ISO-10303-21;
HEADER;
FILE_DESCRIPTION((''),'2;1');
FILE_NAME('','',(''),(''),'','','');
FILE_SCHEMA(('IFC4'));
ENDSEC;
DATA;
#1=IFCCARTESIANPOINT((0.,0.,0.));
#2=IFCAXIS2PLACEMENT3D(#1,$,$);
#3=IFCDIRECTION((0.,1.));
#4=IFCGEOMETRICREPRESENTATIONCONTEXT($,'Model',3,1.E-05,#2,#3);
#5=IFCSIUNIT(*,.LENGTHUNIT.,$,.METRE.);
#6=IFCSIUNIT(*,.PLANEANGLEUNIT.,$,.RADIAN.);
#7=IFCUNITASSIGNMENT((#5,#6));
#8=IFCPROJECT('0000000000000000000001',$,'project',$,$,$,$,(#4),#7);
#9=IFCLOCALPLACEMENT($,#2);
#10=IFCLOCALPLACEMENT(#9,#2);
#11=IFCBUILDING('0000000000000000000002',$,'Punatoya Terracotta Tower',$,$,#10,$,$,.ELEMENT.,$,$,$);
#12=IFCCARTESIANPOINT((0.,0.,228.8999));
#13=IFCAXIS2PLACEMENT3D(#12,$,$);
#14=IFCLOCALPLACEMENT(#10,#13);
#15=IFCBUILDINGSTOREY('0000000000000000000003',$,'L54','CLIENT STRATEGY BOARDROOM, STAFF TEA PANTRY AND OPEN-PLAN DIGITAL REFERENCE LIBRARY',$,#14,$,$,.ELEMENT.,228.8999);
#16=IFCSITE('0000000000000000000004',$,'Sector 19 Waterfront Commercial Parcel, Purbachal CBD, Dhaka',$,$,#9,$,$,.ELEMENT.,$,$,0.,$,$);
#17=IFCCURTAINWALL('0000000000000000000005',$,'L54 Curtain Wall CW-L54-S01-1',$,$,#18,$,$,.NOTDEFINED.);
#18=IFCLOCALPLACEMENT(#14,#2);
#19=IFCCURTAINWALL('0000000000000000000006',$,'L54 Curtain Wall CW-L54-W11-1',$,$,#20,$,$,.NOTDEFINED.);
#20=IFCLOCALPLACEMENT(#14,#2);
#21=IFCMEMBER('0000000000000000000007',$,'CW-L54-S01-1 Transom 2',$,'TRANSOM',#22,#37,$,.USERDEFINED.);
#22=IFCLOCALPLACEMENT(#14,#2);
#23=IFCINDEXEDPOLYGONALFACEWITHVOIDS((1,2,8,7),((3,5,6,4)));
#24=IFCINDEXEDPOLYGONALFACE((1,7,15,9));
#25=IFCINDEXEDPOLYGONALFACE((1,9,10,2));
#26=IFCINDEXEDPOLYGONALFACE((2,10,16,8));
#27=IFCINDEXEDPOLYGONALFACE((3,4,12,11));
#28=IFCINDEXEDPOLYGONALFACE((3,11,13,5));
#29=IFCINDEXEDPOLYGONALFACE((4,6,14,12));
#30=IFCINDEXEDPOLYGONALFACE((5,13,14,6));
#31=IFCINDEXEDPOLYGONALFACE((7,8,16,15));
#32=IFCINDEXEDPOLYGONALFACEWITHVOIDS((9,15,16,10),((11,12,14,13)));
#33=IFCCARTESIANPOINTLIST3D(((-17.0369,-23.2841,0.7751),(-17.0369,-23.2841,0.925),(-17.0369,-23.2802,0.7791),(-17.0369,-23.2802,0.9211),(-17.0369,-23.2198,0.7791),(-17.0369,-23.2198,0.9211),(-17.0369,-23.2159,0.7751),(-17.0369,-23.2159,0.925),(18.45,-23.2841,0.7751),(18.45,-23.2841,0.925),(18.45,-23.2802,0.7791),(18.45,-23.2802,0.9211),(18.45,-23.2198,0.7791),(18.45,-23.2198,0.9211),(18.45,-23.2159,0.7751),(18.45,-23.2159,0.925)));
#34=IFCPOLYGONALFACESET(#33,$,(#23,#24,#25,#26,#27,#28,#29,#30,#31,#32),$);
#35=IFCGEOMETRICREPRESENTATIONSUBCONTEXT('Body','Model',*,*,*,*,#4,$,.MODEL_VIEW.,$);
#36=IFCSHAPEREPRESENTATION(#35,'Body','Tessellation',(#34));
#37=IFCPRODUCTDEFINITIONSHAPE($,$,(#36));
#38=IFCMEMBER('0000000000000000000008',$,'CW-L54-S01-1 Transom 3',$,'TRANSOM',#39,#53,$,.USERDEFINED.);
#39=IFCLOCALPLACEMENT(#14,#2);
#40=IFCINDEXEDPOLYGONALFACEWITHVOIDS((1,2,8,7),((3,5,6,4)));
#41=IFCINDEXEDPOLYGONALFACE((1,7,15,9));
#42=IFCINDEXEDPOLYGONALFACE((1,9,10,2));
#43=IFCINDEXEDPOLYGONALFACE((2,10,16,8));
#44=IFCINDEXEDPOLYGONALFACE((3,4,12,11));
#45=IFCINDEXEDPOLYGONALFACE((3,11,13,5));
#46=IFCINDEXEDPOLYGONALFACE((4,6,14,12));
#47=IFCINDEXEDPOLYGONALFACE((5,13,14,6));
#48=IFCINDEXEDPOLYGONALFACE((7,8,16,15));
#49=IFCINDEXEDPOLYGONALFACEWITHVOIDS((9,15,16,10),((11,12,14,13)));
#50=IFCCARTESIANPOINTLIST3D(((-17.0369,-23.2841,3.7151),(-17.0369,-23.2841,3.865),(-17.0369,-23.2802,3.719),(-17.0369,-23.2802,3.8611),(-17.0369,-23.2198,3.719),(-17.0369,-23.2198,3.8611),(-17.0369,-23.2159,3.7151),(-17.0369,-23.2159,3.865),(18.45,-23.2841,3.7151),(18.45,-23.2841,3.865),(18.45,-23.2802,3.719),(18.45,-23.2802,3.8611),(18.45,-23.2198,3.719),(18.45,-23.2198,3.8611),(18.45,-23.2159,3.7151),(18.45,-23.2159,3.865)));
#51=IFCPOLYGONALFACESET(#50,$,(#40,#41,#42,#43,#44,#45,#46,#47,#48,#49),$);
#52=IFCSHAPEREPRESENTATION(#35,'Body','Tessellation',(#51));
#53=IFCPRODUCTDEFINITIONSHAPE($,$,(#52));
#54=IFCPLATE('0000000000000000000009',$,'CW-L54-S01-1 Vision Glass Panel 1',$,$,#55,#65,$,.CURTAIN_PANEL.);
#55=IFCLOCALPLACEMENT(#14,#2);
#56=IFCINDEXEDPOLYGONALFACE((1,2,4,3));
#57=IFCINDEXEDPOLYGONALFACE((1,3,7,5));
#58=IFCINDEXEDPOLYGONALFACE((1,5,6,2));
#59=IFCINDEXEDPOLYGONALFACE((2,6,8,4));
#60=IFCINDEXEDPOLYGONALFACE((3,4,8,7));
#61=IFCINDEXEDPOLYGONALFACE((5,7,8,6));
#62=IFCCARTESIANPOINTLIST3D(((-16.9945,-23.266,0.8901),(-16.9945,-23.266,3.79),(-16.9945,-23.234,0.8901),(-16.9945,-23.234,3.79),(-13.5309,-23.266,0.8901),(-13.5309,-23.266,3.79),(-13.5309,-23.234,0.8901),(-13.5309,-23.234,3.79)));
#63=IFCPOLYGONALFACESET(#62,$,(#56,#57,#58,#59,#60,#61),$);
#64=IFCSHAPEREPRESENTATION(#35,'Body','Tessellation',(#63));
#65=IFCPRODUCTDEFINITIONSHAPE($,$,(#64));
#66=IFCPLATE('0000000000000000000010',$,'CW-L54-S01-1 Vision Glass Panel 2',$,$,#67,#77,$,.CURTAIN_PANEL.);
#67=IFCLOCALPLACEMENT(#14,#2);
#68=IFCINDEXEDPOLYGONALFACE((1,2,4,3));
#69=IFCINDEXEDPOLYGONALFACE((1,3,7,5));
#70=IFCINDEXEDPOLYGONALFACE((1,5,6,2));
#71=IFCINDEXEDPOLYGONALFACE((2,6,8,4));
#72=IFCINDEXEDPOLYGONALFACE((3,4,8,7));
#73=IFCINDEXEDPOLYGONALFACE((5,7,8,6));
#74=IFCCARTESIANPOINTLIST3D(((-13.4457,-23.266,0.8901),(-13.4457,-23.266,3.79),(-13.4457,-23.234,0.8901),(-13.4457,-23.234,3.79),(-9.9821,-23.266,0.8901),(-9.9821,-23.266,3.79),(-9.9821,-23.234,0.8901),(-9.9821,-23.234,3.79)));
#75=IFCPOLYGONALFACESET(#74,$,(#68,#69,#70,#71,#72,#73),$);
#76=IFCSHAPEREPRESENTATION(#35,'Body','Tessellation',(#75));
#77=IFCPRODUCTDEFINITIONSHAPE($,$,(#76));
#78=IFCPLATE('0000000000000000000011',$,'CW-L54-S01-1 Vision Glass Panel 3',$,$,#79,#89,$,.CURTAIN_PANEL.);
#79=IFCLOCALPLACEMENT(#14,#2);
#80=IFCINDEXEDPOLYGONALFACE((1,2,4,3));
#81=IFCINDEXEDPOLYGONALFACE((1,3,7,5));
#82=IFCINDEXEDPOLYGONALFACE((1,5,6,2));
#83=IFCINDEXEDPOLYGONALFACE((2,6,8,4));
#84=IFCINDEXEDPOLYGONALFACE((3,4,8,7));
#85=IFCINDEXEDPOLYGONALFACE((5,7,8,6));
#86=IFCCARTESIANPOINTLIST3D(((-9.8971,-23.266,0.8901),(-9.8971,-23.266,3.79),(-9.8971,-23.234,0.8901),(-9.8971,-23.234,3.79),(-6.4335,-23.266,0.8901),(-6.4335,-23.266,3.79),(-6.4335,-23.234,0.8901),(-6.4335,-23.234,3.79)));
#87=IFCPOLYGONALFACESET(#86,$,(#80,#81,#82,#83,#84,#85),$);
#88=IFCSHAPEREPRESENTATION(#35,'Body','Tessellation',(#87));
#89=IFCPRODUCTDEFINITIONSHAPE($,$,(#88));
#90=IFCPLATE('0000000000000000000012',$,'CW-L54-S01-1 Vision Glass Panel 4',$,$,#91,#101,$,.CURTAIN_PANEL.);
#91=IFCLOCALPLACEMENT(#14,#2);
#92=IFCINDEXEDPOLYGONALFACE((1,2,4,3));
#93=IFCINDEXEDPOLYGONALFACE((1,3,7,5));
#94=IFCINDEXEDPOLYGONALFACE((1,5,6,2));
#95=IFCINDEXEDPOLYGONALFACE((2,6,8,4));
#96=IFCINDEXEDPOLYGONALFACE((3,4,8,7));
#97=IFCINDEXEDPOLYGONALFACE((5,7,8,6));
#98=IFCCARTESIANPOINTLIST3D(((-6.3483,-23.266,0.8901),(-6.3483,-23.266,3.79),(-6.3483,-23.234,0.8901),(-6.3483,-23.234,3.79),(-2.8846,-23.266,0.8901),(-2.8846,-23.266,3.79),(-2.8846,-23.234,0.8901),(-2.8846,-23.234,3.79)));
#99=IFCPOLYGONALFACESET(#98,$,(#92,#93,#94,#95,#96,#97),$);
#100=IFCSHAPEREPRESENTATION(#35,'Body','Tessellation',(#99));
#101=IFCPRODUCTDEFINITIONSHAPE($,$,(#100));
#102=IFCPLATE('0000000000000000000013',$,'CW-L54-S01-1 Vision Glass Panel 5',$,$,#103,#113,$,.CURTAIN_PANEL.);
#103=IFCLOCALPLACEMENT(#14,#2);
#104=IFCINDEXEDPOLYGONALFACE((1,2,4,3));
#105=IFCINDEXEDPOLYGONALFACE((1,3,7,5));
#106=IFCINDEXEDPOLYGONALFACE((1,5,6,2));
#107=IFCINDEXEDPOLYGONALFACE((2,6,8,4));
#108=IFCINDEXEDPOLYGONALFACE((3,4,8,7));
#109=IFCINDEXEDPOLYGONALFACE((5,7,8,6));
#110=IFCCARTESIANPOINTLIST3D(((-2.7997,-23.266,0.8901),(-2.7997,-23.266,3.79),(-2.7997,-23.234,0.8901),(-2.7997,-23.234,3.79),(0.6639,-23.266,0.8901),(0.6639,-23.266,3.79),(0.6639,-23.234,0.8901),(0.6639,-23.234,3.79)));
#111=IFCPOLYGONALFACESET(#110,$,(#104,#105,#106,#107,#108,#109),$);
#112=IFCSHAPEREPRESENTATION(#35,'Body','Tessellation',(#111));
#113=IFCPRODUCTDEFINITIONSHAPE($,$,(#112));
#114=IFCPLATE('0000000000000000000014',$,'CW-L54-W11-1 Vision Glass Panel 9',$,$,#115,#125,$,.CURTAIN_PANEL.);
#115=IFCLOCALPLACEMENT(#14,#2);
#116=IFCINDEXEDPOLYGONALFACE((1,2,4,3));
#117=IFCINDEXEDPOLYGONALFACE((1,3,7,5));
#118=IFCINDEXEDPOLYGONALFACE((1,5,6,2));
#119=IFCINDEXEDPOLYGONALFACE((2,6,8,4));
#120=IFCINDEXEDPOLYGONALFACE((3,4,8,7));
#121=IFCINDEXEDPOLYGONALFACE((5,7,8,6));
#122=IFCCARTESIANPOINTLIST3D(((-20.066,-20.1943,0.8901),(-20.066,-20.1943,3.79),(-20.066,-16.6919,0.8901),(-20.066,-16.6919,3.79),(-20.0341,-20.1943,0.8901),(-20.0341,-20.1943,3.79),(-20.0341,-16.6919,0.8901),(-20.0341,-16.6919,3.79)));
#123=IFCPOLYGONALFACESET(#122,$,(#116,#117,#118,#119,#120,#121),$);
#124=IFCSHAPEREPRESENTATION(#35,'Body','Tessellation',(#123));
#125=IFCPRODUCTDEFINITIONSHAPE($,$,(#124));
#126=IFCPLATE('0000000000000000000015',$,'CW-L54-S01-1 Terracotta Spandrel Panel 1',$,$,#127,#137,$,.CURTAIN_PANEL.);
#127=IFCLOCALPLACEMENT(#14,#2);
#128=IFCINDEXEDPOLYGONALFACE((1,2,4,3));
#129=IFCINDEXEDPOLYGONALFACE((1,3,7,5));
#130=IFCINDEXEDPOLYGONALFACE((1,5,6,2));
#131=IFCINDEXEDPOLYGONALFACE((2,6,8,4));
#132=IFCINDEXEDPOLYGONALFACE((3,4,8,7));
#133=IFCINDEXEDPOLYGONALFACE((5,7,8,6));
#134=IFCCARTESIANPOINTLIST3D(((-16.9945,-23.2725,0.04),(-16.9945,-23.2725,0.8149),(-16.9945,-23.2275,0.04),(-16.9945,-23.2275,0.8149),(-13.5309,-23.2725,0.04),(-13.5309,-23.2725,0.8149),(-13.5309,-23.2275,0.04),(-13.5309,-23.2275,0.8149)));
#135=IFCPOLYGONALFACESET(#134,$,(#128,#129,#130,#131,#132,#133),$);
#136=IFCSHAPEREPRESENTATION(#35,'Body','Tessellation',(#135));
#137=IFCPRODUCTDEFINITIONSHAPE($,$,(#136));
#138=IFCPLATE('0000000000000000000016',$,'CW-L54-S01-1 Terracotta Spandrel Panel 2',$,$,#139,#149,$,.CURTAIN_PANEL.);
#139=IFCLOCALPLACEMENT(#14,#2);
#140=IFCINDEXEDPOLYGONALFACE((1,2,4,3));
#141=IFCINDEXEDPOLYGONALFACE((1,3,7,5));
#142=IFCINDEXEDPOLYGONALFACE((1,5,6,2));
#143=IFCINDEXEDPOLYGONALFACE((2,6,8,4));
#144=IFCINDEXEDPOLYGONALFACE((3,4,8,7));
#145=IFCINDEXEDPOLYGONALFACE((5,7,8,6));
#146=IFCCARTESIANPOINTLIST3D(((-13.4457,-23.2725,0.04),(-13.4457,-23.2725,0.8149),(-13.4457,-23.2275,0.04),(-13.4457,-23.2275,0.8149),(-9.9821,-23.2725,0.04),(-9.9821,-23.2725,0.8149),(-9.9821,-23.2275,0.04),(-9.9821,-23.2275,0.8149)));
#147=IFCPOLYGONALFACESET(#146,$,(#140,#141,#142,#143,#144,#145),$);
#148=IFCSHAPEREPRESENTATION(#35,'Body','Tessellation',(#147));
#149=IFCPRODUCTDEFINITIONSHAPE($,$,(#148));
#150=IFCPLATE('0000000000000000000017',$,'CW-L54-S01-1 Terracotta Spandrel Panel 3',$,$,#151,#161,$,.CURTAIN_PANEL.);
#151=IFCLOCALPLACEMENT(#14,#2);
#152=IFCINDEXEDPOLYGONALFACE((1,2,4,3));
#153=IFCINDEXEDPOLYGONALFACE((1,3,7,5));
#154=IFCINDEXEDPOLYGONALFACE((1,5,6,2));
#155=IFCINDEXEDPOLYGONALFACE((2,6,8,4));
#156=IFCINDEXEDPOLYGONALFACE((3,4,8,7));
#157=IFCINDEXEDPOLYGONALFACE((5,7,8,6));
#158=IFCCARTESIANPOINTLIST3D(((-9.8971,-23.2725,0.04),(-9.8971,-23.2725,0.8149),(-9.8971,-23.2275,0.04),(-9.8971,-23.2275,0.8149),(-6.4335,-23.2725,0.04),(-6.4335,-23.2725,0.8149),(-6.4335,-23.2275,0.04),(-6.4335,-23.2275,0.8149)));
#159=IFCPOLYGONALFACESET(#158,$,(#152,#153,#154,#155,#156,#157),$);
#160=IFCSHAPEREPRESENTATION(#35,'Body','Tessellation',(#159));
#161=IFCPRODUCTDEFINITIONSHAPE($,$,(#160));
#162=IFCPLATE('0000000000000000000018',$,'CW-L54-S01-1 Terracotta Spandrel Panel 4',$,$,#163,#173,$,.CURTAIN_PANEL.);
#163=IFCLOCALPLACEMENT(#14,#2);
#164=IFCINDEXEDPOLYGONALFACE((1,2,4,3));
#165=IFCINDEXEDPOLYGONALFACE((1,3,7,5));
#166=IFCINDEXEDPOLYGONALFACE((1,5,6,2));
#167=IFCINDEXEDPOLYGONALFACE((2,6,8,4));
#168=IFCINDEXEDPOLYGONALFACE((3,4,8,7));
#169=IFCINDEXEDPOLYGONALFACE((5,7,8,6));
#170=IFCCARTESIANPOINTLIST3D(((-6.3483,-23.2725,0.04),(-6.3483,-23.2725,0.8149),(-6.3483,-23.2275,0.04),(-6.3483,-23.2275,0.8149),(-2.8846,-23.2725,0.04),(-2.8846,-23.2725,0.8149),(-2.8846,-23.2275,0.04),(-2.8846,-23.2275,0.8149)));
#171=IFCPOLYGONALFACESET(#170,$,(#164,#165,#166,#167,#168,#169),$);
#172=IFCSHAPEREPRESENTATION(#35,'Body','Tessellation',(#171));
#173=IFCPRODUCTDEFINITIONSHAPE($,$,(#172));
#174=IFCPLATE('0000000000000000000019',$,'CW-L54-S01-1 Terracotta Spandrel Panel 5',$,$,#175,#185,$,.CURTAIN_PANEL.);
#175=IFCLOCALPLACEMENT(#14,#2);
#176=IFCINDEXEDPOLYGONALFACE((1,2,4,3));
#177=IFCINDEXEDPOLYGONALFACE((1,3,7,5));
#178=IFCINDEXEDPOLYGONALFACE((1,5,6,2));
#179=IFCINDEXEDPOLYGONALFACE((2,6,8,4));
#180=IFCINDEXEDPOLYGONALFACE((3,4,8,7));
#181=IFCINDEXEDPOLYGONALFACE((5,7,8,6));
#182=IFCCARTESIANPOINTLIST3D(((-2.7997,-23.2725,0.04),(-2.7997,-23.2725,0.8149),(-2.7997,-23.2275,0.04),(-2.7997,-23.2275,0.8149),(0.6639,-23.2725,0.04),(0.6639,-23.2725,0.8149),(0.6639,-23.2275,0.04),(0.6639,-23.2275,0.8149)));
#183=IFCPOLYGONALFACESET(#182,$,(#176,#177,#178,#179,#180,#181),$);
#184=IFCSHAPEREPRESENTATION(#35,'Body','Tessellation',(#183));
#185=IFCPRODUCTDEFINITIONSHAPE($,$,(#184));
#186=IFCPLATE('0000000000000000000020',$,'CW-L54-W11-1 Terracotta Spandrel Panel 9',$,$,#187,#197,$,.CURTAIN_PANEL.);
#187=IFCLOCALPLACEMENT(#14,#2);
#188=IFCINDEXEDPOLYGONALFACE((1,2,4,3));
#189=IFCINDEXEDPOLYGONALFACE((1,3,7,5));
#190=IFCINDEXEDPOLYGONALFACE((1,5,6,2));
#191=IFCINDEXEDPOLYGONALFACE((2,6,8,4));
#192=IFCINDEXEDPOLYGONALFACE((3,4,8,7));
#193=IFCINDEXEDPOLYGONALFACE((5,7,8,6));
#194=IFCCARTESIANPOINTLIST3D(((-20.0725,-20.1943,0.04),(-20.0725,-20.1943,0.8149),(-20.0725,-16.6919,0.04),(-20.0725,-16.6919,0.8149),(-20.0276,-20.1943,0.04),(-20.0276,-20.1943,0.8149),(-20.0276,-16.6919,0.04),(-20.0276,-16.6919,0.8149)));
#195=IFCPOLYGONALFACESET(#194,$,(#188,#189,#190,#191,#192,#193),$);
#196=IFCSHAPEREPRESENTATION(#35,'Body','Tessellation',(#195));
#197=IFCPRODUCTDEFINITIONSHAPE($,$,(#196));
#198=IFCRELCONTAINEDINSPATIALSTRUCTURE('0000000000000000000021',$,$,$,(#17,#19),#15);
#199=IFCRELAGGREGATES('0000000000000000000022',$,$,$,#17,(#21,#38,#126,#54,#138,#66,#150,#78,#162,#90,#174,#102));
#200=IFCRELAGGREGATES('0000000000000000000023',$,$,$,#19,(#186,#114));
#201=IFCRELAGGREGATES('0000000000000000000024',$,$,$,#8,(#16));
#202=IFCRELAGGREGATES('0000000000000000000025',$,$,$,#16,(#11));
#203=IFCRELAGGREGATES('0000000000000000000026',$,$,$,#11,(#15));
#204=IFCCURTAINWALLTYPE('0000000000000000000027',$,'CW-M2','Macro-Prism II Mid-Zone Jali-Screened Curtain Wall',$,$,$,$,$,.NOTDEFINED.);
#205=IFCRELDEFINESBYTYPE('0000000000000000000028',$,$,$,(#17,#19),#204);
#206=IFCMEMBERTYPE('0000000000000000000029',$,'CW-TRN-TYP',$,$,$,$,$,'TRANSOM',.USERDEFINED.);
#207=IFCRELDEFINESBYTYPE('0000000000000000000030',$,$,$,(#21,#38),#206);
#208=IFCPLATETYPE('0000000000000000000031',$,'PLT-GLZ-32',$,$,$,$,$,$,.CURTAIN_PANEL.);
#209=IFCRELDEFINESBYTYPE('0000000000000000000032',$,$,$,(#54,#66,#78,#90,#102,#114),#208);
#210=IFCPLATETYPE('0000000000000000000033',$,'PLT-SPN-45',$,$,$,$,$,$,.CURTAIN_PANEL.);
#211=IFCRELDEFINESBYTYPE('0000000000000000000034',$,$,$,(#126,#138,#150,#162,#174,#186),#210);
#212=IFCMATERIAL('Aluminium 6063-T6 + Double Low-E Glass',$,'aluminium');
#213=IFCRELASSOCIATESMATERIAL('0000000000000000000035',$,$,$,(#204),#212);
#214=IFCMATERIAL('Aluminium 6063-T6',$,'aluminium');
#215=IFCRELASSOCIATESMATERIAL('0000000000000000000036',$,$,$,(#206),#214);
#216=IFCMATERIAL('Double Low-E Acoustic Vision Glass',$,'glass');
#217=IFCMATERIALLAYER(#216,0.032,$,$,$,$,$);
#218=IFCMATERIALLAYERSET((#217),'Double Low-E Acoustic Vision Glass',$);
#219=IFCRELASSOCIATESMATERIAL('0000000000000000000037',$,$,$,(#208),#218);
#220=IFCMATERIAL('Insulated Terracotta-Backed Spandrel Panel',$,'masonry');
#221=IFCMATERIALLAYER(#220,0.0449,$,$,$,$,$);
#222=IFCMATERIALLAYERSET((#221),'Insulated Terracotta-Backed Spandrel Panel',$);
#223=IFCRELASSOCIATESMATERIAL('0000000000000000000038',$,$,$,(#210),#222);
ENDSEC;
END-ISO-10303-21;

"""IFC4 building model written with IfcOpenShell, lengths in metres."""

from ifc_helpers import new_model, si_unit, direction, frame, origin, origin_2d, place, context, subcontext, project, spatial, rectangle, hollow_rectangle, extrude, material, layer, layer_set, material_profile, profile_set, type_object, element, aggregate, save


model = new_model("IFC4")

# Units and contexts
model_context = context("Model", 3, precision=1e-05, world=origin(), true_north=direction((0.0, 1.0)))
body_context = subcontext(model_context, "Body", "Model", "MODEL_VIEW")
ifc_project = project(units=[si_unit("LENGTHUNIT", "METRE"), si_unit("PLANEANGLEUNIT", "RADIAN")], contexts=[model_context])

# Site, building, storey
site_placement = place(None, origin())
site = spatial("IfcSite", under=ifc_project, at=site_placement, Name="Sector 19 Waterfront Commercial Parcel, Purbachal CBD, Dhaka", CompositionType="ELEMENT", RefElevation=0.0)
building_placement = place(site_placement, origin())
building = spatial("IfcBuilding", under=site, at=building_placement, Name="Punatoya Terracotta Tower", CompositionType="ELEMENT")
storey_placement = place(building_placement, frame((0.0, 0.0, 228.8999)))
storey = spatial("IfcBuildingStorey", under=building, at=storey_placement, Name="L54", Description="CLIENT STRATEGY BOARDROOM, STAFF TEA PANTRY AND OPEN-PLAN DIGITAL REFERENCE LIBRARY", CompositionType="ELEMENT", Elevation=228.8999)

# Curtain walls
ifc_material_1 = material(Name="Aluminium 6063-T6 + Double Low-E Glass", Category="aluminium")
curtain_wall_type = type_object("IfcCurtainWallType", Name="CW-M2", Description="Macro-Prism II Mid-Zone Jali-Screened Curtain Wall", PredefinedType="NOTDEFINED", material=ifc_material_1)
curtain_wall_1_placement = place(storey_placement, origin())
curtain_wall_1 = element("IfcCurtainWall", 1, at=curtain_wall_1_placement, inside=storey, type_object=curtain_wall_type, Name="L54 Curtain Wall CW-L54-S01-1", PredefinedType="NOTDEFINED")
ifc_material_2 = material(Name="Aluminium 6063-T6", Category="aluminium")
curtain_wall_2_placement = place(storey_placement, origin())
curtain_wall_2 = element("IfcCurtainWall", 2, at=curtain_wall_2_placement, inside=storey, type_object=curtain_wall_type, Name="L54 Curtain Wall CW-L54-W11-1", PredefinedType="NOTDEFINED")

# Members
ifc_material_profile_1 = material_profile(ifc_material_2, hollow_rectangle(XDim=0.0681, YDim=0.1499, WallThickness=0.0039, at=origin_2d()))
ifc_profile_set_1 = profile_set([ifc_material_profile_1], Name="Aluminium 6063-T6")
member_type_1 = type_object("IfcMemberType", Name="CW-TRN-TYP", ElementType="TRANSOM", PredefinedType="USERDEFINED", material=ifc_profile_set_1)
member_1_placement = place(storey_placement, frame((-17.0369, -23.25, 0.8501), z_axis=(1.0, 0.0, 0.0), x_axis=(0.0, 1.0, 0.0)))
member_1 = element("IfcMember", 3, at=member_1_placement, type_object=member_type_1, Name="CW-L54-S01-1 Transom 2", ObjectType="TRANSOM", PredefinedType="USERDEFINED", context=body_context, shape_type="SweptSolid", body=[
    extrude(hollow_rectangle(XDim=0.0681, YDim=0.1499, WallThickness=0.0039, at=origin_2d()), origin(), (0.0, 0.0, 1.0), 35.4868),
])
member_2_placement = place(storey_placement, frame((-17.0369, -23.25, 3.79), z_axis=(1.0, 0.0, 0.0), x_axis=(0.0, 1.0, 0.0)))
member_2 = element("IfcMember", 4, at=member_2_placement, type_object=member_type_1, Name="CW-L54-S01-1 Transom 3", ObjectType="TRANSOM", PredefinedType="USERDEFINED", context=body_context, shape_type="SweptSolid", body=[
    extrude(hollow_rectangle(XDim=0.0681, YDim=0.1499, WallThickness=0.0039, at=origin_2d()), origin(), (0.0, 0.0, 1.0), 35.4868),
])

# Plates
ifc_material_3 = material(Name="Double Low-E Acoustic Vision Glass", Category="glass")
ifc_layer_1 = layer(ifc_material_3, 0.032)
ifc_layer_set_1 = layer_set([ifc_layer_1], Name="Double Low-E Acoustic Vision Glass")
plate_type_1 = type_object("IfcPlateType", Name="PLT-GLZ-32", PredefinedType="CURTAIN_PANEL", material=ifc_layer_set_1)
plate_1_placement = place(storey_placement, frame((-15.2627, -23.25, 0.8901), z_axis=(0.0, 0.0, 1.0), x_axis=(1.0, 0.0, 0.0)))
plate_1 = element("IfcPlate", 5, at=plate_1_placement, type_object=plate_type_1, Name="CW-L54-S01-1 Vision Glass Panel 1", PredefinedType="CURTAIN_PANEL", context=body_context, shape_type="SweptSolid", body=[
    extrude(rectangle(XDim=3.4636, YDim=0.032, at=origin_2d()), origin(), (0.0, 0.0, 1.0), 2.8999),
])
plate_2_placement = place(storey_placement, frame((-11.7139, -23.25, 0.8901), z_axis=(0.0, 0.0, 1.0), x_axis=(1.0, 0.0, 0.0)))
plate_2 = element("IfcPlate", 6, at=plate_2_placement, type_object=plate_type_1, Name="CW-L54-S01-1 Vision Glass Panel 2", PredefinedType="CURTAIN_PANEL", context=body_context, shape_type="SweptSolid", body=[
    extrude(rectangle(XDim=3.4636, YDim=0.032, at=origin_2d()), origin(), (0.0, 0.0, 1.0), 2.8999),
])
plate_3_placement = place(storey_placement, frame((-8.1653, -23.25, 0.8901), z_axis=(0.0, 0.0, 1.0), x_axis=(1.0, 0.0, 0.0)))
plate_3 = element("IfcPlate", 7, at=plate_3_placement, type_object=plate_type_1, Name="CW-L54-S01-1 Vision Glass Panel 3", PredefinedType="CURTAIN_PANEL", context=body_context, shape_type="SweptSolid", body=[
    extrude(rectangle(XDim=3.4636, YDim=0.032, at=origin_2d()), origin(), (0.0, 0.0, 1.0), 2.8999),
])
plate_4_placement = place(storey_placement, frame((-4.6165, -23.25, 0.8901), z_axis=(0.0, 0.0, 1.0), x_axis=(1.0, 0.0, 0.0)))
plate_4 = element("IfcPlate", 8, at=plate_4_placement, type_object=plate_type_1, Name="CW-L54-S01-1 Vision Glass Panel 4", PredefinedType="CURTAIN_PANEL", context=body_context, shape_type="SweptSolid", body=[
    extrude(rectangle(XDim=3.4636, YDim=0.032, at=origin_2d()), origin(), (0.0, 0.0, 1.0), 2.8999),
])
plate_5_placement = place(storey_placement, frame((-1.0679, -23.25, 0.8901), z_axis=(0.0, 0.0, 1.0), x_axis=(1.0, 0.0, 0.0)))
plate_5 = element("IfcPlate", 9, at=plate_5_placement, type_object=plate_type_1, Name="CW-L54-S01-1 Vision Glass Panel 5", PredefinedType="CURTAIN_PANEL", context=body_context, shape_type="SweptSolid", body=[
    extrude(rectangle(XDim=3.4636, YDim=0.032, at=origin_2d()), origin(), (0.0, 0.0, 1.0), 2.8999),
])
plate_6_placement = place(storey_placement, frame((-20.05, -18.4431, 0.8901), z_axis=(0.0, 0.0, 1.0), x_axis=(0.0, -1.0, 0.0)))
plate_6 = element("IfcPlate", 10, at=plate_6_placement, type_object=plate_type_1, Name="CW-L54-W11-1 Vision Glass Panel 9", PredefinedType="CURTAIN_PANEL", context=body_context, shape_type="SweptSolid", body=[
    extrude(rectangle(XDim=3.5024, YDim=0.032, at=origin_2d()), origin(), (0.0, 0.0, 1.0), 2.8999),
])
ifc_material_4 = material(Name="Insulated Terracotta-Backed Spandrel Panel", Category="masonry")
ifc_layer_2 = layer(ifc_material_4, 0.0449)
ifc_layer_set_2 = layer_set([ifc_layer_2], Name="Insulated Terracotta-Backed Spandrel Panel")
plate_type_2 = type_object("IfcPlateType", Name="PLT-SPN-45", PredefinedType="CURTAIN_PANEL", material=ifc_layer_set_2)
plate_7_placement = place(storey_placement, frame((-15.2627, -23.25, 0.04), z_axis=(0.0, 0.0, 1.0), x_axis=(1.0, 0.0, 0.0)))
plate_7 = element("IfcPlate", 11, at=plate_7_placement, type_object=plate_type_2, Name="CW-L54-S01-1 Terracotta Spandrel Panel 1", PredefinedType="CURTAIN_PANEL", context=body_context, shape_type="SweptSolid", body=[
    extrude(rectangle(XDim=3.4636, YDim=0.0449, at=origin_2d()), origin(), (0.0, 0.0, 1.0), 0.7749),
])
plate_8_placement = place(storey_placement, frame((-11.7139, -23.25, 0.04), z_axis=(0.0, 0.0, 1.0), x_axis=(1.0, 0.0, 0.0)))
plate_8 = element("IfcPlate", 12, at=plate_8_placement, type_object=plate_type_2, Name="CW-L54-S01-1 Terracotta Spandrel Panel 2", PredefinedType="CURTAIN_PANEL", context=body_context, shape_type="SweptSolid", body=[
    extrude(rectangle(XDim=3.4636, YDim=0.0449, at=origin_2d()), origin(), (0.0, 0.0, 1.0), 0.7749),
])
plate_9_placement = place(storey_placement, frame((-8.1653, -23.25, 0.04), z_axis=(0.0, 0.0, 1.0), x_axis=(1.0, 0.0, 0.0)))
plate_9 = element("IfcPlate", 13, at=plate_9_placement, type_object=plate_type_2, Name="CW-L54-S01-1 Terracotta Spandrel Panel 3", PredefinedType="CURTAIN_PANEL", context=body_context, shape_type="SweptSolid", body=[
    extrude(rectangle(XDim=3.4636, YDim=0.0449, at=origin_2d()), origin(), (0.0, 0.0, 1.0), 0.7749),
])
plate_10_placement = place(storey_placement, frame((-4.6165, -23.25, 0.04), z_axis=(0.0, 0.0, 1.0), x_axis=(1.0, 0.0, 0.0)))
plate_10 = element("IfcPlate", 14, at=plate_10_placement, type_object=plate_type_2, Name="CW-L54-S01-1 Terracotta Spandrel Panel 4", PredefinedType="CURTAIN_PANEL", context=body_context, shape_type="SweptSolid", body=[
    extrude(rectangle(XDim=3.4636, YDim=0.0449, at=origin_2d()), origin(), (0.0, 0.0, 1.0), 0.7749),
])
plate_11_placement = place(storey_placement, frame((-1.0679, -23.25, 0.04), z_axis=(0.0, 0.0, 1.0), x_axis=(1.0, 0.0, 0.0)))
plate_11 = element("IfcPlate", 15, at=plate_11_placement, type_object=plate_type_2, Name="CW-L54-S01-1 Terracotta Spandrel Panel 5", PredefinedType="CURTAIN_PANEL", context=body_context, shape_type="SweptSolid", body=[
    extrude(rectangle(XDim=3.4636, YDim=0.0449, at=origin_2d()), origin(), (0.0, 0.0, 1.0), 0.7749),
])
aggregate(curtain_wall_1, [member_1, member_2, plate_7, plate_1, plate_8, plate_2, plate_9, plate_3, plate_10, plate_4, plate_11, plate_5])
plate_12_placement = place(storey_placement, frame((-20.05, -18.4431, 0.04), z_axis=(0.0, 0.0, 1.0), x_axis=(0.0, -1.0, 0.0)))
plate_12 = element("IfcPlate", 16, at=plate_12_placement, type_object=plate_type_2, Name="CW-L54-W11-1 Terracotta Spandrel Panel 9", PredefinedType="CURTAIN_PANEL", context=body_context, shape_type="SweptSolid", body=[
    extrude(rectangle(XDim=3.5024, YDim=0.0449, at=origin_2d()), origin(), (0.0, 0.0, 1.0), 0.7749),
])
aggregate(curtain_wall_2, [plate_12, plate_6])

save(model, "model.ifc")
